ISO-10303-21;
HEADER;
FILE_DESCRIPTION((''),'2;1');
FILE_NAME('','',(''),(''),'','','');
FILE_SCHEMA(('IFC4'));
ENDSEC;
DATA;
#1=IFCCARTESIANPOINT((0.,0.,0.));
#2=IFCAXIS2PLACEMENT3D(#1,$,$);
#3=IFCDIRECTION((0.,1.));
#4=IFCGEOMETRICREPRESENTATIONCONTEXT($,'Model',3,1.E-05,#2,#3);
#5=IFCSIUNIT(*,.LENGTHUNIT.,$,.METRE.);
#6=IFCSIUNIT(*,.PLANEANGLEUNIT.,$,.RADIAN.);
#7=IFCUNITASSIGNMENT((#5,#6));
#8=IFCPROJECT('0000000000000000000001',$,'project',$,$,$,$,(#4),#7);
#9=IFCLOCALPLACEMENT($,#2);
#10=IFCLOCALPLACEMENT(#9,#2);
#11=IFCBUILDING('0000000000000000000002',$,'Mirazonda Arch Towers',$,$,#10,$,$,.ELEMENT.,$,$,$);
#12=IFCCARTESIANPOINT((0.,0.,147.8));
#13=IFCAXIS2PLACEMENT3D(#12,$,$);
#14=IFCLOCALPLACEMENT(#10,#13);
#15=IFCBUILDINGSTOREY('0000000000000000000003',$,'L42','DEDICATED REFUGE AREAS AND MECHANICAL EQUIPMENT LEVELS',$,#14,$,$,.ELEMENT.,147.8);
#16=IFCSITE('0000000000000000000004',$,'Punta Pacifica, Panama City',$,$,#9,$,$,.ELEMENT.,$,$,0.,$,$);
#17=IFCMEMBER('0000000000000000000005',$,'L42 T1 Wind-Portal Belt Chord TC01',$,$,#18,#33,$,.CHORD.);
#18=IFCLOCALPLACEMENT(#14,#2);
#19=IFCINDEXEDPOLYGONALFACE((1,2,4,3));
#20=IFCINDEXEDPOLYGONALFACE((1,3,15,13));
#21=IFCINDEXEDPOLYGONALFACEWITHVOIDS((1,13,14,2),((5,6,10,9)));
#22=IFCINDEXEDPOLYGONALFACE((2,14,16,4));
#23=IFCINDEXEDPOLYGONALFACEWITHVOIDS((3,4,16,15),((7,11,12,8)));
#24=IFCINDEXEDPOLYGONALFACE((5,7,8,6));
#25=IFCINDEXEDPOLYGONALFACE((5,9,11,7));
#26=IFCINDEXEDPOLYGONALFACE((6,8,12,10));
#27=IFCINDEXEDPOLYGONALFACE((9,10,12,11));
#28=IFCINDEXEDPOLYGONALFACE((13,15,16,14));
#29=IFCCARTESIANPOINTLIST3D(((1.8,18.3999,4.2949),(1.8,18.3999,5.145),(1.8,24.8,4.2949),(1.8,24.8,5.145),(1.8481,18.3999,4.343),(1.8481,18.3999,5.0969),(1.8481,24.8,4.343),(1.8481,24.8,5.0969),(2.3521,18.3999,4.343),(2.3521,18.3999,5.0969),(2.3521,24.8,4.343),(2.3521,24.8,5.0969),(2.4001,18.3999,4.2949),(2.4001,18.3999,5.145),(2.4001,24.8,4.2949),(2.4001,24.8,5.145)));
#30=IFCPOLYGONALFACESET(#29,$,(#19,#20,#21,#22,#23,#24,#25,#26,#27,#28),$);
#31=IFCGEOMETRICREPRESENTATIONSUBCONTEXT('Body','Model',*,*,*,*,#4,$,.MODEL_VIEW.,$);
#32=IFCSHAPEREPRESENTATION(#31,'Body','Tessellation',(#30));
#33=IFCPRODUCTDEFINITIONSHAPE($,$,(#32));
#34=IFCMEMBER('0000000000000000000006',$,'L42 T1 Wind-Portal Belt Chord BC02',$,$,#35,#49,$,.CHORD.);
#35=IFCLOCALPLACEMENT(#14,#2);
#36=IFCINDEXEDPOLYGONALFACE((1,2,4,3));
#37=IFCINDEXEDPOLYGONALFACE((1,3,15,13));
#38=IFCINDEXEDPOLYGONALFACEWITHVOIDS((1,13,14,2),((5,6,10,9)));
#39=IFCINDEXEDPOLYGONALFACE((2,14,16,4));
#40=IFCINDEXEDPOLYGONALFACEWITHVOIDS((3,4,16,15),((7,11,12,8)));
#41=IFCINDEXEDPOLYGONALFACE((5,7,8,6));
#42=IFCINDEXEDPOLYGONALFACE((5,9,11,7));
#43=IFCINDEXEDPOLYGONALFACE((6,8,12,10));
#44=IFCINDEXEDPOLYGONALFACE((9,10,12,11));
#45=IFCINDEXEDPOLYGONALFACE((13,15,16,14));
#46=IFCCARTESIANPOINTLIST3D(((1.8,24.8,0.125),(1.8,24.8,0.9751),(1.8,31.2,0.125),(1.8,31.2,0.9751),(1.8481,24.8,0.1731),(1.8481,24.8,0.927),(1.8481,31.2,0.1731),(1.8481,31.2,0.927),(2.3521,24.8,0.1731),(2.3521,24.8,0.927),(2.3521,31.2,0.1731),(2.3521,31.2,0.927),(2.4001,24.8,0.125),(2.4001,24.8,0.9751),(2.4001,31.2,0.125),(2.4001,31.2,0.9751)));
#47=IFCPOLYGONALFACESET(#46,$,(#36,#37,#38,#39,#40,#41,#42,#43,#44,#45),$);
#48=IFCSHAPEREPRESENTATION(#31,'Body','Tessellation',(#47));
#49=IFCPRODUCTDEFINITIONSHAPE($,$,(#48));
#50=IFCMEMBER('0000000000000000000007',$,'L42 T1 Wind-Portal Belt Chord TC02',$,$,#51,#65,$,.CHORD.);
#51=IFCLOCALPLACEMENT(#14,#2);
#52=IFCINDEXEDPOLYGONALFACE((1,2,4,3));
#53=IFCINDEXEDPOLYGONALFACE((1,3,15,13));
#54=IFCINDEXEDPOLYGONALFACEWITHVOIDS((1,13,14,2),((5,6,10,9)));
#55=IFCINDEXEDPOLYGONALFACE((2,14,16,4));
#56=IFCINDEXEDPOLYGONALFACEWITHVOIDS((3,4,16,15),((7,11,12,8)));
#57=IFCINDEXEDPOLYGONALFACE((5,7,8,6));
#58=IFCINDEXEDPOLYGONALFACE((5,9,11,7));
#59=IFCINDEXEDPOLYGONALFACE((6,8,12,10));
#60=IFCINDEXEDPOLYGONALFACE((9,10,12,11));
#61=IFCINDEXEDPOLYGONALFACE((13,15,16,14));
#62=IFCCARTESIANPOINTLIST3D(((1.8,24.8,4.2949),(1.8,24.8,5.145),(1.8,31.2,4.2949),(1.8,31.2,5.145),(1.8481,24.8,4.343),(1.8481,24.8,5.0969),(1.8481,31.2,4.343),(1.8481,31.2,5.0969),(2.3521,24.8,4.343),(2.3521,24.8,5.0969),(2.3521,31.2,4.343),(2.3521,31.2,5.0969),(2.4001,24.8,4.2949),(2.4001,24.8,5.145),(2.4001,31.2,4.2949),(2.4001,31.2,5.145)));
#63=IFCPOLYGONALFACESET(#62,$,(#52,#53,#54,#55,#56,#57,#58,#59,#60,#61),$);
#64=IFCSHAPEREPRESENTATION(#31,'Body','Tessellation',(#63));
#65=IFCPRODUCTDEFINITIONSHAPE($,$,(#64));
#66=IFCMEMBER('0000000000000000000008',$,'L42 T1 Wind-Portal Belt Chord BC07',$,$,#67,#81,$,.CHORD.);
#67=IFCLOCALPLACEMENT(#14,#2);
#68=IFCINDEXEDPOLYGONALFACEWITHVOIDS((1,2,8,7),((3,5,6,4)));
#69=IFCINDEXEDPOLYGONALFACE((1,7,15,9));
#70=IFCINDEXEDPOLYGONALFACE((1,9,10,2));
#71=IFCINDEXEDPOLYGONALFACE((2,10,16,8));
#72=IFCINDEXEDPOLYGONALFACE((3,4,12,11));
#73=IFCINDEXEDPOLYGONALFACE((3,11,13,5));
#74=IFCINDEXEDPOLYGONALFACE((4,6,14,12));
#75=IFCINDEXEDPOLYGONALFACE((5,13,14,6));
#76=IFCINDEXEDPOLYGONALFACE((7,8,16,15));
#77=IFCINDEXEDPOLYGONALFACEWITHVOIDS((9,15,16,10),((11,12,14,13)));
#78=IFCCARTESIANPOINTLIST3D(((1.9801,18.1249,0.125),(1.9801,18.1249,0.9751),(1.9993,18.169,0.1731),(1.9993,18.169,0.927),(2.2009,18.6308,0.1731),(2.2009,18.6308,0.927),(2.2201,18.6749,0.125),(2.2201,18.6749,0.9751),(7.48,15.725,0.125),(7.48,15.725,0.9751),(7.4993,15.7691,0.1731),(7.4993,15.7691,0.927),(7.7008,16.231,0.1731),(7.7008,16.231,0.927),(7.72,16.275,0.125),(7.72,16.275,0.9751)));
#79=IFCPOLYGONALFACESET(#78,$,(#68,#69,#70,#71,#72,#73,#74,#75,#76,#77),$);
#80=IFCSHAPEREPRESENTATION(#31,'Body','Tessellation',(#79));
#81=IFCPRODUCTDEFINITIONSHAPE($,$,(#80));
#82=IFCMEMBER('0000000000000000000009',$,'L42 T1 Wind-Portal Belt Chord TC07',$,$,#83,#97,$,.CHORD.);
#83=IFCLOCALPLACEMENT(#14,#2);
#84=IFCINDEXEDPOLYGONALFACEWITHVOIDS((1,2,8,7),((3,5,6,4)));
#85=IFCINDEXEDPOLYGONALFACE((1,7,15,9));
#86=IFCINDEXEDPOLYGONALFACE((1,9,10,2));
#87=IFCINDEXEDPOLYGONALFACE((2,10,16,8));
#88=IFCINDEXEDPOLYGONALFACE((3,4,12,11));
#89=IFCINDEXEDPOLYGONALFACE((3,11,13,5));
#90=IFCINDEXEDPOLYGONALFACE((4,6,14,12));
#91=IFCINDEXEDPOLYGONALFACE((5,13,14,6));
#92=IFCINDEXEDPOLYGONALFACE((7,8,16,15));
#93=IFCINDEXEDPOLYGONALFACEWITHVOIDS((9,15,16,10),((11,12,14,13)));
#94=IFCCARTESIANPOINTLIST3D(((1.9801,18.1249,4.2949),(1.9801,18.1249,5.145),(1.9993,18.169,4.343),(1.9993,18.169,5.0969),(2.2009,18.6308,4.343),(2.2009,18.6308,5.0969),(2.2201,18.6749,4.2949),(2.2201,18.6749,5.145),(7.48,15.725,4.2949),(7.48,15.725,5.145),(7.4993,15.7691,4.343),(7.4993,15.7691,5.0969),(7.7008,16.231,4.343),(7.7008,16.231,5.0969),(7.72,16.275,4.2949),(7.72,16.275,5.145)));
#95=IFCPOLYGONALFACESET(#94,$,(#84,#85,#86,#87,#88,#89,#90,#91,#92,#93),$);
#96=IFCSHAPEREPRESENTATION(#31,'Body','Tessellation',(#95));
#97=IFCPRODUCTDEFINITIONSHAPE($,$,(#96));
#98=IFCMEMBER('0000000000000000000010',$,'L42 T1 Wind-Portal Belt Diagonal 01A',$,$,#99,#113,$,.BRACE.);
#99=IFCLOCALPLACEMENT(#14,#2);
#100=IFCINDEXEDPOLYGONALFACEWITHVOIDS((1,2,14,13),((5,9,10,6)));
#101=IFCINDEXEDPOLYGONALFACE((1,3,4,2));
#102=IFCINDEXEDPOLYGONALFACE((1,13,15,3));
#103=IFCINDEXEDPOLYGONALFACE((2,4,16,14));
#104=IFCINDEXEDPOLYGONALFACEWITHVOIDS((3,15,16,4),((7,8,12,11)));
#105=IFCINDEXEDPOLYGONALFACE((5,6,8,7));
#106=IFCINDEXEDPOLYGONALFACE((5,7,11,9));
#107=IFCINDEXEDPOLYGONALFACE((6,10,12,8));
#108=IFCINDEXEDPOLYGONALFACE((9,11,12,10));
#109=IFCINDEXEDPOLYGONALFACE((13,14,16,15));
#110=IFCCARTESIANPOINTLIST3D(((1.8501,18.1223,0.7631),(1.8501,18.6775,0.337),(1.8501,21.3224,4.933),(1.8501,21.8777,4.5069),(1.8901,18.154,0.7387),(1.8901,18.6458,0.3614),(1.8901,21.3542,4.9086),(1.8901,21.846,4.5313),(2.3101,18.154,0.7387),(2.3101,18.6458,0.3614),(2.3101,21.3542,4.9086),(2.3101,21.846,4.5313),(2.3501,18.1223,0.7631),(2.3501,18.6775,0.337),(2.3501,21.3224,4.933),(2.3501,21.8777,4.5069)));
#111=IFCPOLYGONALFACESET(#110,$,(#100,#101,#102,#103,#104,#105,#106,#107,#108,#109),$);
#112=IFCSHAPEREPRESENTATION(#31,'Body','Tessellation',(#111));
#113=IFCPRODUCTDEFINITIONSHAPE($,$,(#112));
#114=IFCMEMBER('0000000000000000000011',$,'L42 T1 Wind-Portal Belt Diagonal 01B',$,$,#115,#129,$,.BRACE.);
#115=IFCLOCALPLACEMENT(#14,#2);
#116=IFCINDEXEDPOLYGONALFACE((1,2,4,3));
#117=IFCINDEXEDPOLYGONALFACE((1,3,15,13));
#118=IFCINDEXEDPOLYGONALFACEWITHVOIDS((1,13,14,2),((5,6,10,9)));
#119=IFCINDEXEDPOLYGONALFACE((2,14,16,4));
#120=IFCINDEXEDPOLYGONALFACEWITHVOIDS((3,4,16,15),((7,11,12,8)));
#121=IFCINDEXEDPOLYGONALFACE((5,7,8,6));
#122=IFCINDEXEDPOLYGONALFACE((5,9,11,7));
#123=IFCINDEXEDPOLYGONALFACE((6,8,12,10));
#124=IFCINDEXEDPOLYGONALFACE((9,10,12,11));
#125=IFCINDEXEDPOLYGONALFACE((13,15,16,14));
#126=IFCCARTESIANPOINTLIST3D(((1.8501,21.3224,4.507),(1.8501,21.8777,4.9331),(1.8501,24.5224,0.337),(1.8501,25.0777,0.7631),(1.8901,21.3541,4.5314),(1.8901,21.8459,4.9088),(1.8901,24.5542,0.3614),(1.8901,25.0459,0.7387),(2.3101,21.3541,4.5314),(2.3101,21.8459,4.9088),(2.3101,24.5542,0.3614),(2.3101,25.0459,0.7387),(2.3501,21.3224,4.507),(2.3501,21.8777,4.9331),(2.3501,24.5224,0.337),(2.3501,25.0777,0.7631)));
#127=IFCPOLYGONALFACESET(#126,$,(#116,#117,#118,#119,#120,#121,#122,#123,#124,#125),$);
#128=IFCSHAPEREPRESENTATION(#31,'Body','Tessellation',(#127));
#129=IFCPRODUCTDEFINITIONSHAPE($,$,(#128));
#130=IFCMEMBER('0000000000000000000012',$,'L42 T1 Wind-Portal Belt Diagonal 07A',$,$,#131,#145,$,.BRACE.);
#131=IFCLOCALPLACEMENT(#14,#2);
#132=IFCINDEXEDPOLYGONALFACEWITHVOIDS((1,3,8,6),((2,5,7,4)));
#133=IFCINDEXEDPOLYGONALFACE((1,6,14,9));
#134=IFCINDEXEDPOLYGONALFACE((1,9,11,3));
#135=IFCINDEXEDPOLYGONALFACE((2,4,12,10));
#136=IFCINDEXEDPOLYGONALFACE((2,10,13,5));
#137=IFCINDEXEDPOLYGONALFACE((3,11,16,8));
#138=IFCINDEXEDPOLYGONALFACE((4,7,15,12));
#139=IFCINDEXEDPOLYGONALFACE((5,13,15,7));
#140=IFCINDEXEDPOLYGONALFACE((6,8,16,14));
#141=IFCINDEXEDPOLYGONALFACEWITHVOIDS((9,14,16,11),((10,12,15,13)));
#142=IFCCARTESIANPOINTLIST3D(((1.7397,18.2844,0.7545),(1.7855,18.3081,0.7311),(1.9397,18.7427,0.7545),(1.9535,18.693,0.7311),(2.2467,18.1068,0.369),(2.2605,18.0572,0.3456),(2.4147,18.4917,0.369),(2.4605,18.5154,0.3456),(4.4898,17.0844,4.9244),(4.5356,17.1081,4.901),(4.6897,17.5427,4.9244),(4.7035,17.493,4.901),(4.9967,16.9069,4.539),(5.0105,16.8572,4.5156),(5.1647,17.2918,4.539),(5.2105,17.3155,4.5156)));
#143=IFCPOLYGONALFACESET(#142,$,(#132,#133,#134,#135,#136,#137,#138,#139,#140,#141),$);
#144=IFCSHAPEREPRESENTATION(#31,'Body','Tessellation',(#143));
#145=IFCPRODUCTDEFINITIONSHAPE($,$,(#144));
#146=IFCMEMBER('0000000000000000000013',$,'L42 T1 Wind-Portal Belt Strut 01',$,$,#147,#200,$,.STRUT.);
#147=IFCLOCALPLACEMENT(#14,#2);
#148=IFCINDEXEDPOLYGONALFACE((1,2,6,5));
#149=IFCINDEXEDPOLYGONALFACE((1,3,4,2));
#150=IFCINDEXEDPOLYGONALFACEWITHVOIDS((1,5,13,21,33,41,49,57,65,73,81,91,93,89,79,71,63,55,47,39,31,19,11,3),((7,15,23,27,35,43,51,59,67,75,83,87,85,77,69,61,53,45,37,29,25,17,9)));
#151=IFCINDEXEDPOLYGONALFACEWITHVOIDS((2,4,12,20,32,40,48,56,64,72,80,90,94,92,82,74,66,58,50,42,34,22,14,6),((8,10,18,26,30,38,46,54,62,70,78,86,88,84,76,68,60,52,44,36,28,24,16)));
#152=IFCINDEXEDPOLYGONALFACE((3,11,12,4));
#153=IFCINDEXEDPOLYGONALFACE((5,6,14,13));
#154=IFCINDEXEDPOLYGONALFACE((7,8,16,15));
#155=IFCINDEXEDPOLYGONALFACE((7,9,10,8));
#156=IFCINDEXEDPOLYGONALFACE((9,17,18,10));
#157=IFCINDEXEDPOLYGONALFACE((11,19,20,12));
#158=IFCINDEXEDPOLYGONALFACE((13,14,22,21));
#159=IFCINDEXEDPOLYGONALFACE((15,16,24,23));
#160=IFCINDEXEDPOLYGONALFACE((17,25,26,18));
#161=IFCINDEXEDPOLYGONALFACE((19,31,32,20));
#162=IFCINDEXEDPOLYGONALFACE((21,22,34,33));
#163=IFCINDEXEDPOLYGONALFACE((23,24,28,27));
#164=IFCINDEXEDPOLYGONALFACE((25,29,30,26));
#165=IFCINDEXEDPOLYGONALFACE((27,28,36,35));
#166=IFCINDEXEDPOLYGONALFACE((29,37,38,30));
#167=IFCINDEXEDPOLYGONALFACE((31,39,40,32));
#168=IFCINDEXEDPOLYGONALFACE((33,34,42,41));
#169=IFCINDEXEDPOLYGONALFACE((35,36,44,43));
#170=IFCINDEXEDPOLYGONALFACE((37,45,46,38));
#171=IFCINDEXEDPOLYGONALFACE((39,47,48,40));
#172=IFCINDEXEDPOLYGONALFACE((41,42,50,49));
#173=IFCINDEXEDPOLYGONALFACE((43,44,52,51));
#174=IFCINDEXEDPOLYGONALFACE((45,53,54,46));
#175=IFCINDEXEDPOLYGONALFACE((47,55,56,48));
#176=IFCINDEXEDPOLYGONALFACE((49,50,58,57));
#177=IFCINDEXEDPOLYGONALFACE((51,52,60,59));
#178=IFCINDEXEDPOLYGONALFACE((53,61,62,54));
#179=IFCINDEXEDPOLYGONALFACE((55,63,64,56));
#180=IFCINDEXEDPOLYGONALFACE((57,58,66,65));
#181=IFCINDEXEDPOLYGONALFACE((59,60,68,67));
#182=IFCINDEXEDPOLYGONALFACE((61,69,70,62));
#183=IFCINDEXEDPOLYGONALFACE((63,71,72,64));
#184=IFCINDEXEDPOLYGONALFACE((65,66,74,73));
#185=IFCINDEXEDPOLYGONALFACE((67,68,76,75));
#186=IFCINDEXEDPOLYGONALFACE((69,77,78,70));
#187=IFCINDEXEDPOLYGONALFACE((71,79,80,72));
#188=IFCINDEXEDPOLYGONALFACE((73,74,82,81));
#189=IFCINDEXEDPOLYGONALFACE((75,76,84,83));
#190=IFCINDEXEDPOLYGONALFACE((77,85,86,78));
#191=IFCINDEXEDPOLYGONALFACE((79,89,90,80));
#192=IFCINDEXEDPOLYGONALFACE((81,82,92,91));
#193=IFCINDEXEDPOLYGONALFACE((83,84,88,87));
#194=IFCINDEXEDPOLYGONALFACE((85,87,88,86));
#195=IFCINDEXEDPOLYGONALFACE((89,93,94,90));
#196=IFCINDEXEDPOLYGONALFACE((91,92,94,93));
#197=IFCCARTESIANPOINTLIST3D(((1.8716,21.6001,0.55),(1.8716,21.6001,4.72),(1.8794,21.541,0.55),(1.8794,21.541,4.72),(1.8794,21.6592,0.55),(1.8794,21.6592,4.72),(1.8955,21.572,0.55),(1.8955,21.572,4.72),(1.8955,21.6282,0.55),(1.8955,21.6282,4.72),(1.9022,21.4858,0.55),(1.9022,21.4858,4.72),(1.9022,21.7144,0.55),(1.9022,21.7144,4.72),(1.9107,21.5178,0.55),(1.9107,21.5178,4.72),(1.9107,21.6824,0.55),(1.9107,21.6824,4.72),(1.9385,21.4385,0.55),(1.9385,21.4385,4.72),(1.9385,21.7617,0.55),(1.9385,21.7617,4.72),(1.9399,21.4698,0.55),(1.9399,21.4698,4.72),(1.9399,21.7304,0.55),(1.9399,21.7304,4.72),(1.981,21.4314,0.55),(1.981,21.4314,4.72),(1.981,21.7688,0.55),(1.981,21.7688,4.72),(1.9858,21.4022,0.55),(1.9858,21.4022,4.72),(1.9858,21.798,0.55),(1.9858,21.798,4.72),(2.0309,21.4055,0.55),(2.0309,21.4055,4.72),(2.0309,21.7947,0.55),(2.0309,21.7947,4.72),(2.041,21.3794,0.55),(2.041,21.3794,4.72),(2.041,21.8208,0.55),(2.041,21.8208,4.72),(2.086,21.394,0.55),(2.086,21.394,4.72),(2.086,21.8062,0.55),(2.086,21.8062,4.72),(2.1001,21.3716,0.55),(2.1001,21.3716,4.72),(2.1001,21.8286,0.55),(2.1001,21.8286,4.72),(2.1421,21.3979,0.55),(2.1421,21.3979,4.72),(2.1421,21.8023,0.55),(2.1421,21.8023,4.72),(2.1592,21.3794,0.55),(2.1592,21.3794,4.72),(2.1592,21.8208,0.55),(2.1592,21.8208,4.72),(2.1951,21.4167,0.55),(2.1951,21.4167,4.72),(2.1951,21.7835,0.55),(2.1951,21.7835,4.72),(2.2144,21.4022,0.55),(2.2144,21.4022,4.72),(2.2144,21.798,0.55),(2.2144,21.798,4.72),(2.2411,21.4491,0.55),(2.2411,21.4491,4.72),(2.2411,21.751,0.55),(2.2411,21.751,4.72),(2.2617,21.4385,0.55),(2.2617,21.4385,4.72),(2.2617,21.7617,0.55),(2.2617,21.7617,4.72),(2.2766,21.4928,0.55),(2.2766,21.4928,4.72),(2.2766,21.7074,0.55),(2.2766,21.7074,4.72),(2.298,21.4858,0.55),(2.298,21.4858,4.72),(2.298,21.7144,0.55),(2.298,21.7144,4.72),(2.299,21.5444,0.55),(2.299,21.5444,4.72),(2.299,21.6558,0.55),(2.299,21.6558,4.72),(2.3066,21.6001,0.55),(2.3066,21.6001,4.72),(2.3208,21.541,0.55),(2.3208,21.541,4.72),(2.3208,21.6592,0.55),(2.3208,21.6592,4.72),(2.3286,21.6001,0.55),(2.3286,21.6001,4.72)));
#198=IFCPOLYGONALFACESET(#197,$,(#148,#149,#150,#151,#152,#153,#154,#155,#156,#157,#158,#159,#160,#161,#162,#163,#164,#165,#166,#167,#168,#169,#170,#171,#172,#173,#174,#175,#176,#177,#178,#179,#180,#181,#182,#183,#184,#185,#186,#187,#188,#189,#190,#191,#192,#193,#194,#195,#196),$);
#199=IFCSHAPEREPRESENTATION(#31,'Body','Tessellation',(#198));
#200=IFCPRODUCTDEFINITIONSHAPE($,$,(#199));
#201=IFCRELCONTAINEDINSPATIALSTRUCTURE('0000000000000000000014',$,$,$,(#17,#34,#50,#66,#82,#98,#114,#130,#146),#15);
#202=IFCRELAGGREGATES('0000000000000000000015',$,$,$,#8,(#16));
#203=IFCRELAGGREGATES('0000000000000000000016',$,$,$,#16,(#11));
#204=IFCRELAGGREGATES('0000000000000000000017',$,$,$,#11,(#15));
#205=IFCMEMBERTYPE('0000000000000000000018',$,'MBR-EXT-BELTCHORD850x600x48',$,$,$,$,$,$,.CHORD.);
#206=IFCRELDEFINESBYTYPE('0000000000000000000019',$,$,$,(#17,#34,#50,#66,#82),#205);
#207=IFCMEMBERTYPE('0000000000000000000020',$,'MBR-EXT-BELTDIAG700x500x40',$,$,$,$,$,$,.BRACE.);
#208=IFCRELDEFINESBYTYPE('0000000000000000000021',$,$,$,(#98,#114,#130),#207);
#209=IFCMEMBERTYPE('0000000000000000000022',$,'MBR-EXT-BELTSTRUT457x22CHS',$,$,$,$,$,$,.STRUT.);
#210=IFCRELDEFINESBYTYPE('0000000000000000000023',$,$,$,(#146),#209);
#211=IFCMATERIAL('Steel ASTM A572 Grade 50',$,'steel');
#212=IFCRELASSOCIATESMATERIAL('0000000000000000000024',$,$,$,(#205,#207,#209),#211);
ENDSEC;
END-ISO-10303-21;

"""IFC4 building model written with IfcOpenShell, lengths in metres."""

from ifc_helpers import new_model, si_unit, direction, frame, origin, origin_2d, place, context, subcontext, project, spatial, hollow_rectangle, hollow_circle, extrude, material, material_profile, profile_set, type_object, element, save


model = new_model("IFC4")

# Units and contexts
model_context = context("Model", 3, precision=1e-05, world=origin(), true_north=direction((0.0, 1.0)))
body_context = subcontext(model_context, "Body", "Model", "MODEL_VIEW")
ifc_project = project(units=[si_unit("LENGTHUNIT", "METRE"), si_unit("PLANEANGLEUNIT", "RADIAN")], contexts=[model_context])

# Site, building, storey
site_placement = place(None, origin())
site = spatial("IfcSite", under=ifc_project, at=site_placement, Name="Punta Pacifica, Panama City", CompositionType="ELEMENT", RefElevation=0.0)
building_placement = place(site_placement, origin())
building = spatial("IfcBuilding", under=site, at=building_placement, Name="Mirazonda Arch Towers", CompositionType="ELEMENT")
storey_placement = place(building_placement, frame((0.0, 0.0, 147.8)))
storey = spatial("IfcBuildingStorey", under=building, at=storey_placement, Name="L42", Description="DEDICATED REFUGE AREAS AND MECHANICAL EQUIPMENT LEVELS", CompositionType="ELEMENT", Elevation=147.8)

# Shared definitions
ifc_material_1 = material(Name="Steel ASTM A572 Grade 50", Category="steel")

# Members
ifc_material_profile_1 = material_profile(ifc_material_1, hollow_rectangle(XDim=0.6001, YDim=0.8501, WallThickness=0.0481, at=origin_2d()), Name="BELTCHORD850x600x48")
ifc_profile_set_1 = profile_set([ifc_material_profile_1], Name="Steel ASTM A572 Grade 50")
member_type_1 = type_object("IfcMemberType", Name="MBR-EXT-BELTCHORD850x600x48", PredefinedType="CHORD", material=ifc_profile_set_1)
for number, where, z_axis, x_axis, name in (
    (1, (2.1001, 18.3999, 4.72), (0.0, 1.0, 0.0), (-1.0, 0.0, 0.0), "L42 T1 Wind-Portal Belt Chord TC01"),
):
    element("IfcMember", number, at=place(storey_placement, frame(where, z_axis=z_axis, x_axis=x_axis)), inside=storey, type_object=member_type_1, Name=name, PredefinedType="CHORD", context=body_context, shape_type="SweptSolid", body=[
        extrude(hollow_rectangle(XDim=0.6001, YDim=0.8501, WallThickness=0.0481, at=origin_2d()), origin(), (0.0, 0.0, 1.0), 6.4001),
    ])
for number, where, z_axis, x_axis, name in (
    (2, (2.1001, 24.8, 0.55), (0.0, 1.0, 0.0), (-1.0, 0.0, 0.0), "L42 T1 Wind-Portal Belt Chord BC02"),
    (3, (2.1001, 24.8, 4.72), (0.0, 1.0, 0.0), (-1.0, 0.0, 0.0), "L42 T1 Wind-Portal Belt Chord TC02"),
):
    element("IfcMember", number, at=place(storey_placement, frame(where, z_axis=z_axis, x_axis=x_axis)), inside=storey, type_object=member_type_1, Name=name, PredefinedType="CHORD", context=body_context, shape_type="SweptSolid", body=[
        extrude(hollow_rectangle(XDim=0.6001, YDim=0.8501, WallThickness=0.0481, at=origin_2d()), origin(), (0.0, 0.0, 1.0), 6.3999),
    ])
for number, where, z_axis, x_axis, name in (
    (4, (2.1001, 18.3999, 0.55), (0.916545, -0.399931, 0.0), (0.399931, 0.916545, 0.0), "L42 T1 Wind-Portal Belt Chord BC07"),
    (5, (2.1001, 18.3999, 4.72), (0.916545, -0.399931, 0.0), (0.399931, 0.916545, 0.0), "L42 T1 Wind-Portal Belt Chord TC07"),
):
    element("IfcMember", number, at=place(storey_placement, frame(where, z_axis=z_axis, x_axis=x_axis)), inside=storey, type_object=member_type_1, Name=name, PredefinedType="CHORD", context=body_context, shape_type="SweptSolid", body=[
        extrude(hollow_rectangle(XDim=0.6001, YDim=0.8501, WallThickness=0.0481, at=origin_2d()), origin(), (0.0, 0.0, 1.0), 6.0007),
    ])
ifc_material_profile_2 = material_profile(ifc_material_1, hollow_rectangle(XDim=0.5, YDim=0.7, WallThickness=0.04, at=origin_2d()), Name="BELTDIAG700x500x40")
ifc_profile_set_2 = profile_set([ifc_material_profile_2], Name="Steel ASTM A572 Grade 50")
member_type_2 = type_object("IfcMemberType", Name="MBR-EXT-BELTDIAG700x500x40", PredefinedType="BRACE", material=ifc_profile_set_2)
for number, where, z_axis, x_axis, name in (
    (6, (2.1001, 18.3999, 0.55), (0.0, 0.608822, 0.793307), (-1.0, 0.0, 0.0), "L42 T1 Wind-Portal Belt Diagonal 01A"),
    (7, (2.1001, 24.8, 0.55), (0.0, -0.608792, 0.79333), (1.0, 0.0, 0.0), "L42 T1 Wind-Portal Belt Diagonal 01B"),
):
    element("IfcMember", number, at=place(storey_placement, frame(where, z_axis=z_axis, x_axis=x_axis)), inside=storey, type_object=member_type_2, Name=name, PredefinedType="BRACE", context=body_context, shape_type="SweptSolid", body=[
        extrude(hollow_rectangle(XDim=0.5, YDim=0.7, WallThickness=0.04, at=origin_2d()), origin(), (0.0, 0.0, 1.0), 5.2563),
    ])
member_1_placement = place(storey_placement, frame((2.1001, 18.3999, 0.55), z_axis=(0.535313, -0.233582, 0.811714), x_axis=(0.399931, 0.916545, 0.0)))
element("IfcMember", 8, at=member_1_placement, inside=storey, type_object=member_type_2, Name="L42 T1 Wind-Portal Belt Diagonal 07A", PredefinedType="BRACE", context=body_context, shape_type="SweptSolid", body=[
    extrude(hollow_rectangle(XDim=0.5, YDim=0.7, WallThickness=0.04, at=origin_2d()), origin(), (0.0, 0.0, 1.0), 5.1372),
])
ifc_material_profile_3 = material_profile(ifc_material_1, hollow_circle(Radius=0.2285, WallThickness=0.022, at=origin_2d()), Name="BELTSTRUT457x22CHS")
ifc_profile_set_3 = profile_set([ifc_material_profile_3], Name="Steel ASTM A572 Grade 50")
member_type_3 = type_object("IfcMemberType", Name="MBR-EXT-BELTSTRUT457x22CHS", PredefinedType="STRUT", material=ifc_profile_set_3)
member_2_placement = place(storey_placement, frame((2.1001, 21.6001, 0.55), z_axis=(0.0, 0.0, 1.0), x_axis=(1.0, 0.0, 0.0)))
element("IfcMember", 9, at=member_2_placement, inside=storey, type_object=member_type_3, Name="L42 T1 Wind-Portal Belt Strut 01", PredefinedType="STRUT", context=body_context, shape_type="SweptSolid", body=[
    extrude(hollow_circle(Radius=0.2285, WallThickness=0.022, at=origin_2d()), origin(), (0.0, 0.0, 1.0), 4.1699),
])

save(model, "model.ifc")
